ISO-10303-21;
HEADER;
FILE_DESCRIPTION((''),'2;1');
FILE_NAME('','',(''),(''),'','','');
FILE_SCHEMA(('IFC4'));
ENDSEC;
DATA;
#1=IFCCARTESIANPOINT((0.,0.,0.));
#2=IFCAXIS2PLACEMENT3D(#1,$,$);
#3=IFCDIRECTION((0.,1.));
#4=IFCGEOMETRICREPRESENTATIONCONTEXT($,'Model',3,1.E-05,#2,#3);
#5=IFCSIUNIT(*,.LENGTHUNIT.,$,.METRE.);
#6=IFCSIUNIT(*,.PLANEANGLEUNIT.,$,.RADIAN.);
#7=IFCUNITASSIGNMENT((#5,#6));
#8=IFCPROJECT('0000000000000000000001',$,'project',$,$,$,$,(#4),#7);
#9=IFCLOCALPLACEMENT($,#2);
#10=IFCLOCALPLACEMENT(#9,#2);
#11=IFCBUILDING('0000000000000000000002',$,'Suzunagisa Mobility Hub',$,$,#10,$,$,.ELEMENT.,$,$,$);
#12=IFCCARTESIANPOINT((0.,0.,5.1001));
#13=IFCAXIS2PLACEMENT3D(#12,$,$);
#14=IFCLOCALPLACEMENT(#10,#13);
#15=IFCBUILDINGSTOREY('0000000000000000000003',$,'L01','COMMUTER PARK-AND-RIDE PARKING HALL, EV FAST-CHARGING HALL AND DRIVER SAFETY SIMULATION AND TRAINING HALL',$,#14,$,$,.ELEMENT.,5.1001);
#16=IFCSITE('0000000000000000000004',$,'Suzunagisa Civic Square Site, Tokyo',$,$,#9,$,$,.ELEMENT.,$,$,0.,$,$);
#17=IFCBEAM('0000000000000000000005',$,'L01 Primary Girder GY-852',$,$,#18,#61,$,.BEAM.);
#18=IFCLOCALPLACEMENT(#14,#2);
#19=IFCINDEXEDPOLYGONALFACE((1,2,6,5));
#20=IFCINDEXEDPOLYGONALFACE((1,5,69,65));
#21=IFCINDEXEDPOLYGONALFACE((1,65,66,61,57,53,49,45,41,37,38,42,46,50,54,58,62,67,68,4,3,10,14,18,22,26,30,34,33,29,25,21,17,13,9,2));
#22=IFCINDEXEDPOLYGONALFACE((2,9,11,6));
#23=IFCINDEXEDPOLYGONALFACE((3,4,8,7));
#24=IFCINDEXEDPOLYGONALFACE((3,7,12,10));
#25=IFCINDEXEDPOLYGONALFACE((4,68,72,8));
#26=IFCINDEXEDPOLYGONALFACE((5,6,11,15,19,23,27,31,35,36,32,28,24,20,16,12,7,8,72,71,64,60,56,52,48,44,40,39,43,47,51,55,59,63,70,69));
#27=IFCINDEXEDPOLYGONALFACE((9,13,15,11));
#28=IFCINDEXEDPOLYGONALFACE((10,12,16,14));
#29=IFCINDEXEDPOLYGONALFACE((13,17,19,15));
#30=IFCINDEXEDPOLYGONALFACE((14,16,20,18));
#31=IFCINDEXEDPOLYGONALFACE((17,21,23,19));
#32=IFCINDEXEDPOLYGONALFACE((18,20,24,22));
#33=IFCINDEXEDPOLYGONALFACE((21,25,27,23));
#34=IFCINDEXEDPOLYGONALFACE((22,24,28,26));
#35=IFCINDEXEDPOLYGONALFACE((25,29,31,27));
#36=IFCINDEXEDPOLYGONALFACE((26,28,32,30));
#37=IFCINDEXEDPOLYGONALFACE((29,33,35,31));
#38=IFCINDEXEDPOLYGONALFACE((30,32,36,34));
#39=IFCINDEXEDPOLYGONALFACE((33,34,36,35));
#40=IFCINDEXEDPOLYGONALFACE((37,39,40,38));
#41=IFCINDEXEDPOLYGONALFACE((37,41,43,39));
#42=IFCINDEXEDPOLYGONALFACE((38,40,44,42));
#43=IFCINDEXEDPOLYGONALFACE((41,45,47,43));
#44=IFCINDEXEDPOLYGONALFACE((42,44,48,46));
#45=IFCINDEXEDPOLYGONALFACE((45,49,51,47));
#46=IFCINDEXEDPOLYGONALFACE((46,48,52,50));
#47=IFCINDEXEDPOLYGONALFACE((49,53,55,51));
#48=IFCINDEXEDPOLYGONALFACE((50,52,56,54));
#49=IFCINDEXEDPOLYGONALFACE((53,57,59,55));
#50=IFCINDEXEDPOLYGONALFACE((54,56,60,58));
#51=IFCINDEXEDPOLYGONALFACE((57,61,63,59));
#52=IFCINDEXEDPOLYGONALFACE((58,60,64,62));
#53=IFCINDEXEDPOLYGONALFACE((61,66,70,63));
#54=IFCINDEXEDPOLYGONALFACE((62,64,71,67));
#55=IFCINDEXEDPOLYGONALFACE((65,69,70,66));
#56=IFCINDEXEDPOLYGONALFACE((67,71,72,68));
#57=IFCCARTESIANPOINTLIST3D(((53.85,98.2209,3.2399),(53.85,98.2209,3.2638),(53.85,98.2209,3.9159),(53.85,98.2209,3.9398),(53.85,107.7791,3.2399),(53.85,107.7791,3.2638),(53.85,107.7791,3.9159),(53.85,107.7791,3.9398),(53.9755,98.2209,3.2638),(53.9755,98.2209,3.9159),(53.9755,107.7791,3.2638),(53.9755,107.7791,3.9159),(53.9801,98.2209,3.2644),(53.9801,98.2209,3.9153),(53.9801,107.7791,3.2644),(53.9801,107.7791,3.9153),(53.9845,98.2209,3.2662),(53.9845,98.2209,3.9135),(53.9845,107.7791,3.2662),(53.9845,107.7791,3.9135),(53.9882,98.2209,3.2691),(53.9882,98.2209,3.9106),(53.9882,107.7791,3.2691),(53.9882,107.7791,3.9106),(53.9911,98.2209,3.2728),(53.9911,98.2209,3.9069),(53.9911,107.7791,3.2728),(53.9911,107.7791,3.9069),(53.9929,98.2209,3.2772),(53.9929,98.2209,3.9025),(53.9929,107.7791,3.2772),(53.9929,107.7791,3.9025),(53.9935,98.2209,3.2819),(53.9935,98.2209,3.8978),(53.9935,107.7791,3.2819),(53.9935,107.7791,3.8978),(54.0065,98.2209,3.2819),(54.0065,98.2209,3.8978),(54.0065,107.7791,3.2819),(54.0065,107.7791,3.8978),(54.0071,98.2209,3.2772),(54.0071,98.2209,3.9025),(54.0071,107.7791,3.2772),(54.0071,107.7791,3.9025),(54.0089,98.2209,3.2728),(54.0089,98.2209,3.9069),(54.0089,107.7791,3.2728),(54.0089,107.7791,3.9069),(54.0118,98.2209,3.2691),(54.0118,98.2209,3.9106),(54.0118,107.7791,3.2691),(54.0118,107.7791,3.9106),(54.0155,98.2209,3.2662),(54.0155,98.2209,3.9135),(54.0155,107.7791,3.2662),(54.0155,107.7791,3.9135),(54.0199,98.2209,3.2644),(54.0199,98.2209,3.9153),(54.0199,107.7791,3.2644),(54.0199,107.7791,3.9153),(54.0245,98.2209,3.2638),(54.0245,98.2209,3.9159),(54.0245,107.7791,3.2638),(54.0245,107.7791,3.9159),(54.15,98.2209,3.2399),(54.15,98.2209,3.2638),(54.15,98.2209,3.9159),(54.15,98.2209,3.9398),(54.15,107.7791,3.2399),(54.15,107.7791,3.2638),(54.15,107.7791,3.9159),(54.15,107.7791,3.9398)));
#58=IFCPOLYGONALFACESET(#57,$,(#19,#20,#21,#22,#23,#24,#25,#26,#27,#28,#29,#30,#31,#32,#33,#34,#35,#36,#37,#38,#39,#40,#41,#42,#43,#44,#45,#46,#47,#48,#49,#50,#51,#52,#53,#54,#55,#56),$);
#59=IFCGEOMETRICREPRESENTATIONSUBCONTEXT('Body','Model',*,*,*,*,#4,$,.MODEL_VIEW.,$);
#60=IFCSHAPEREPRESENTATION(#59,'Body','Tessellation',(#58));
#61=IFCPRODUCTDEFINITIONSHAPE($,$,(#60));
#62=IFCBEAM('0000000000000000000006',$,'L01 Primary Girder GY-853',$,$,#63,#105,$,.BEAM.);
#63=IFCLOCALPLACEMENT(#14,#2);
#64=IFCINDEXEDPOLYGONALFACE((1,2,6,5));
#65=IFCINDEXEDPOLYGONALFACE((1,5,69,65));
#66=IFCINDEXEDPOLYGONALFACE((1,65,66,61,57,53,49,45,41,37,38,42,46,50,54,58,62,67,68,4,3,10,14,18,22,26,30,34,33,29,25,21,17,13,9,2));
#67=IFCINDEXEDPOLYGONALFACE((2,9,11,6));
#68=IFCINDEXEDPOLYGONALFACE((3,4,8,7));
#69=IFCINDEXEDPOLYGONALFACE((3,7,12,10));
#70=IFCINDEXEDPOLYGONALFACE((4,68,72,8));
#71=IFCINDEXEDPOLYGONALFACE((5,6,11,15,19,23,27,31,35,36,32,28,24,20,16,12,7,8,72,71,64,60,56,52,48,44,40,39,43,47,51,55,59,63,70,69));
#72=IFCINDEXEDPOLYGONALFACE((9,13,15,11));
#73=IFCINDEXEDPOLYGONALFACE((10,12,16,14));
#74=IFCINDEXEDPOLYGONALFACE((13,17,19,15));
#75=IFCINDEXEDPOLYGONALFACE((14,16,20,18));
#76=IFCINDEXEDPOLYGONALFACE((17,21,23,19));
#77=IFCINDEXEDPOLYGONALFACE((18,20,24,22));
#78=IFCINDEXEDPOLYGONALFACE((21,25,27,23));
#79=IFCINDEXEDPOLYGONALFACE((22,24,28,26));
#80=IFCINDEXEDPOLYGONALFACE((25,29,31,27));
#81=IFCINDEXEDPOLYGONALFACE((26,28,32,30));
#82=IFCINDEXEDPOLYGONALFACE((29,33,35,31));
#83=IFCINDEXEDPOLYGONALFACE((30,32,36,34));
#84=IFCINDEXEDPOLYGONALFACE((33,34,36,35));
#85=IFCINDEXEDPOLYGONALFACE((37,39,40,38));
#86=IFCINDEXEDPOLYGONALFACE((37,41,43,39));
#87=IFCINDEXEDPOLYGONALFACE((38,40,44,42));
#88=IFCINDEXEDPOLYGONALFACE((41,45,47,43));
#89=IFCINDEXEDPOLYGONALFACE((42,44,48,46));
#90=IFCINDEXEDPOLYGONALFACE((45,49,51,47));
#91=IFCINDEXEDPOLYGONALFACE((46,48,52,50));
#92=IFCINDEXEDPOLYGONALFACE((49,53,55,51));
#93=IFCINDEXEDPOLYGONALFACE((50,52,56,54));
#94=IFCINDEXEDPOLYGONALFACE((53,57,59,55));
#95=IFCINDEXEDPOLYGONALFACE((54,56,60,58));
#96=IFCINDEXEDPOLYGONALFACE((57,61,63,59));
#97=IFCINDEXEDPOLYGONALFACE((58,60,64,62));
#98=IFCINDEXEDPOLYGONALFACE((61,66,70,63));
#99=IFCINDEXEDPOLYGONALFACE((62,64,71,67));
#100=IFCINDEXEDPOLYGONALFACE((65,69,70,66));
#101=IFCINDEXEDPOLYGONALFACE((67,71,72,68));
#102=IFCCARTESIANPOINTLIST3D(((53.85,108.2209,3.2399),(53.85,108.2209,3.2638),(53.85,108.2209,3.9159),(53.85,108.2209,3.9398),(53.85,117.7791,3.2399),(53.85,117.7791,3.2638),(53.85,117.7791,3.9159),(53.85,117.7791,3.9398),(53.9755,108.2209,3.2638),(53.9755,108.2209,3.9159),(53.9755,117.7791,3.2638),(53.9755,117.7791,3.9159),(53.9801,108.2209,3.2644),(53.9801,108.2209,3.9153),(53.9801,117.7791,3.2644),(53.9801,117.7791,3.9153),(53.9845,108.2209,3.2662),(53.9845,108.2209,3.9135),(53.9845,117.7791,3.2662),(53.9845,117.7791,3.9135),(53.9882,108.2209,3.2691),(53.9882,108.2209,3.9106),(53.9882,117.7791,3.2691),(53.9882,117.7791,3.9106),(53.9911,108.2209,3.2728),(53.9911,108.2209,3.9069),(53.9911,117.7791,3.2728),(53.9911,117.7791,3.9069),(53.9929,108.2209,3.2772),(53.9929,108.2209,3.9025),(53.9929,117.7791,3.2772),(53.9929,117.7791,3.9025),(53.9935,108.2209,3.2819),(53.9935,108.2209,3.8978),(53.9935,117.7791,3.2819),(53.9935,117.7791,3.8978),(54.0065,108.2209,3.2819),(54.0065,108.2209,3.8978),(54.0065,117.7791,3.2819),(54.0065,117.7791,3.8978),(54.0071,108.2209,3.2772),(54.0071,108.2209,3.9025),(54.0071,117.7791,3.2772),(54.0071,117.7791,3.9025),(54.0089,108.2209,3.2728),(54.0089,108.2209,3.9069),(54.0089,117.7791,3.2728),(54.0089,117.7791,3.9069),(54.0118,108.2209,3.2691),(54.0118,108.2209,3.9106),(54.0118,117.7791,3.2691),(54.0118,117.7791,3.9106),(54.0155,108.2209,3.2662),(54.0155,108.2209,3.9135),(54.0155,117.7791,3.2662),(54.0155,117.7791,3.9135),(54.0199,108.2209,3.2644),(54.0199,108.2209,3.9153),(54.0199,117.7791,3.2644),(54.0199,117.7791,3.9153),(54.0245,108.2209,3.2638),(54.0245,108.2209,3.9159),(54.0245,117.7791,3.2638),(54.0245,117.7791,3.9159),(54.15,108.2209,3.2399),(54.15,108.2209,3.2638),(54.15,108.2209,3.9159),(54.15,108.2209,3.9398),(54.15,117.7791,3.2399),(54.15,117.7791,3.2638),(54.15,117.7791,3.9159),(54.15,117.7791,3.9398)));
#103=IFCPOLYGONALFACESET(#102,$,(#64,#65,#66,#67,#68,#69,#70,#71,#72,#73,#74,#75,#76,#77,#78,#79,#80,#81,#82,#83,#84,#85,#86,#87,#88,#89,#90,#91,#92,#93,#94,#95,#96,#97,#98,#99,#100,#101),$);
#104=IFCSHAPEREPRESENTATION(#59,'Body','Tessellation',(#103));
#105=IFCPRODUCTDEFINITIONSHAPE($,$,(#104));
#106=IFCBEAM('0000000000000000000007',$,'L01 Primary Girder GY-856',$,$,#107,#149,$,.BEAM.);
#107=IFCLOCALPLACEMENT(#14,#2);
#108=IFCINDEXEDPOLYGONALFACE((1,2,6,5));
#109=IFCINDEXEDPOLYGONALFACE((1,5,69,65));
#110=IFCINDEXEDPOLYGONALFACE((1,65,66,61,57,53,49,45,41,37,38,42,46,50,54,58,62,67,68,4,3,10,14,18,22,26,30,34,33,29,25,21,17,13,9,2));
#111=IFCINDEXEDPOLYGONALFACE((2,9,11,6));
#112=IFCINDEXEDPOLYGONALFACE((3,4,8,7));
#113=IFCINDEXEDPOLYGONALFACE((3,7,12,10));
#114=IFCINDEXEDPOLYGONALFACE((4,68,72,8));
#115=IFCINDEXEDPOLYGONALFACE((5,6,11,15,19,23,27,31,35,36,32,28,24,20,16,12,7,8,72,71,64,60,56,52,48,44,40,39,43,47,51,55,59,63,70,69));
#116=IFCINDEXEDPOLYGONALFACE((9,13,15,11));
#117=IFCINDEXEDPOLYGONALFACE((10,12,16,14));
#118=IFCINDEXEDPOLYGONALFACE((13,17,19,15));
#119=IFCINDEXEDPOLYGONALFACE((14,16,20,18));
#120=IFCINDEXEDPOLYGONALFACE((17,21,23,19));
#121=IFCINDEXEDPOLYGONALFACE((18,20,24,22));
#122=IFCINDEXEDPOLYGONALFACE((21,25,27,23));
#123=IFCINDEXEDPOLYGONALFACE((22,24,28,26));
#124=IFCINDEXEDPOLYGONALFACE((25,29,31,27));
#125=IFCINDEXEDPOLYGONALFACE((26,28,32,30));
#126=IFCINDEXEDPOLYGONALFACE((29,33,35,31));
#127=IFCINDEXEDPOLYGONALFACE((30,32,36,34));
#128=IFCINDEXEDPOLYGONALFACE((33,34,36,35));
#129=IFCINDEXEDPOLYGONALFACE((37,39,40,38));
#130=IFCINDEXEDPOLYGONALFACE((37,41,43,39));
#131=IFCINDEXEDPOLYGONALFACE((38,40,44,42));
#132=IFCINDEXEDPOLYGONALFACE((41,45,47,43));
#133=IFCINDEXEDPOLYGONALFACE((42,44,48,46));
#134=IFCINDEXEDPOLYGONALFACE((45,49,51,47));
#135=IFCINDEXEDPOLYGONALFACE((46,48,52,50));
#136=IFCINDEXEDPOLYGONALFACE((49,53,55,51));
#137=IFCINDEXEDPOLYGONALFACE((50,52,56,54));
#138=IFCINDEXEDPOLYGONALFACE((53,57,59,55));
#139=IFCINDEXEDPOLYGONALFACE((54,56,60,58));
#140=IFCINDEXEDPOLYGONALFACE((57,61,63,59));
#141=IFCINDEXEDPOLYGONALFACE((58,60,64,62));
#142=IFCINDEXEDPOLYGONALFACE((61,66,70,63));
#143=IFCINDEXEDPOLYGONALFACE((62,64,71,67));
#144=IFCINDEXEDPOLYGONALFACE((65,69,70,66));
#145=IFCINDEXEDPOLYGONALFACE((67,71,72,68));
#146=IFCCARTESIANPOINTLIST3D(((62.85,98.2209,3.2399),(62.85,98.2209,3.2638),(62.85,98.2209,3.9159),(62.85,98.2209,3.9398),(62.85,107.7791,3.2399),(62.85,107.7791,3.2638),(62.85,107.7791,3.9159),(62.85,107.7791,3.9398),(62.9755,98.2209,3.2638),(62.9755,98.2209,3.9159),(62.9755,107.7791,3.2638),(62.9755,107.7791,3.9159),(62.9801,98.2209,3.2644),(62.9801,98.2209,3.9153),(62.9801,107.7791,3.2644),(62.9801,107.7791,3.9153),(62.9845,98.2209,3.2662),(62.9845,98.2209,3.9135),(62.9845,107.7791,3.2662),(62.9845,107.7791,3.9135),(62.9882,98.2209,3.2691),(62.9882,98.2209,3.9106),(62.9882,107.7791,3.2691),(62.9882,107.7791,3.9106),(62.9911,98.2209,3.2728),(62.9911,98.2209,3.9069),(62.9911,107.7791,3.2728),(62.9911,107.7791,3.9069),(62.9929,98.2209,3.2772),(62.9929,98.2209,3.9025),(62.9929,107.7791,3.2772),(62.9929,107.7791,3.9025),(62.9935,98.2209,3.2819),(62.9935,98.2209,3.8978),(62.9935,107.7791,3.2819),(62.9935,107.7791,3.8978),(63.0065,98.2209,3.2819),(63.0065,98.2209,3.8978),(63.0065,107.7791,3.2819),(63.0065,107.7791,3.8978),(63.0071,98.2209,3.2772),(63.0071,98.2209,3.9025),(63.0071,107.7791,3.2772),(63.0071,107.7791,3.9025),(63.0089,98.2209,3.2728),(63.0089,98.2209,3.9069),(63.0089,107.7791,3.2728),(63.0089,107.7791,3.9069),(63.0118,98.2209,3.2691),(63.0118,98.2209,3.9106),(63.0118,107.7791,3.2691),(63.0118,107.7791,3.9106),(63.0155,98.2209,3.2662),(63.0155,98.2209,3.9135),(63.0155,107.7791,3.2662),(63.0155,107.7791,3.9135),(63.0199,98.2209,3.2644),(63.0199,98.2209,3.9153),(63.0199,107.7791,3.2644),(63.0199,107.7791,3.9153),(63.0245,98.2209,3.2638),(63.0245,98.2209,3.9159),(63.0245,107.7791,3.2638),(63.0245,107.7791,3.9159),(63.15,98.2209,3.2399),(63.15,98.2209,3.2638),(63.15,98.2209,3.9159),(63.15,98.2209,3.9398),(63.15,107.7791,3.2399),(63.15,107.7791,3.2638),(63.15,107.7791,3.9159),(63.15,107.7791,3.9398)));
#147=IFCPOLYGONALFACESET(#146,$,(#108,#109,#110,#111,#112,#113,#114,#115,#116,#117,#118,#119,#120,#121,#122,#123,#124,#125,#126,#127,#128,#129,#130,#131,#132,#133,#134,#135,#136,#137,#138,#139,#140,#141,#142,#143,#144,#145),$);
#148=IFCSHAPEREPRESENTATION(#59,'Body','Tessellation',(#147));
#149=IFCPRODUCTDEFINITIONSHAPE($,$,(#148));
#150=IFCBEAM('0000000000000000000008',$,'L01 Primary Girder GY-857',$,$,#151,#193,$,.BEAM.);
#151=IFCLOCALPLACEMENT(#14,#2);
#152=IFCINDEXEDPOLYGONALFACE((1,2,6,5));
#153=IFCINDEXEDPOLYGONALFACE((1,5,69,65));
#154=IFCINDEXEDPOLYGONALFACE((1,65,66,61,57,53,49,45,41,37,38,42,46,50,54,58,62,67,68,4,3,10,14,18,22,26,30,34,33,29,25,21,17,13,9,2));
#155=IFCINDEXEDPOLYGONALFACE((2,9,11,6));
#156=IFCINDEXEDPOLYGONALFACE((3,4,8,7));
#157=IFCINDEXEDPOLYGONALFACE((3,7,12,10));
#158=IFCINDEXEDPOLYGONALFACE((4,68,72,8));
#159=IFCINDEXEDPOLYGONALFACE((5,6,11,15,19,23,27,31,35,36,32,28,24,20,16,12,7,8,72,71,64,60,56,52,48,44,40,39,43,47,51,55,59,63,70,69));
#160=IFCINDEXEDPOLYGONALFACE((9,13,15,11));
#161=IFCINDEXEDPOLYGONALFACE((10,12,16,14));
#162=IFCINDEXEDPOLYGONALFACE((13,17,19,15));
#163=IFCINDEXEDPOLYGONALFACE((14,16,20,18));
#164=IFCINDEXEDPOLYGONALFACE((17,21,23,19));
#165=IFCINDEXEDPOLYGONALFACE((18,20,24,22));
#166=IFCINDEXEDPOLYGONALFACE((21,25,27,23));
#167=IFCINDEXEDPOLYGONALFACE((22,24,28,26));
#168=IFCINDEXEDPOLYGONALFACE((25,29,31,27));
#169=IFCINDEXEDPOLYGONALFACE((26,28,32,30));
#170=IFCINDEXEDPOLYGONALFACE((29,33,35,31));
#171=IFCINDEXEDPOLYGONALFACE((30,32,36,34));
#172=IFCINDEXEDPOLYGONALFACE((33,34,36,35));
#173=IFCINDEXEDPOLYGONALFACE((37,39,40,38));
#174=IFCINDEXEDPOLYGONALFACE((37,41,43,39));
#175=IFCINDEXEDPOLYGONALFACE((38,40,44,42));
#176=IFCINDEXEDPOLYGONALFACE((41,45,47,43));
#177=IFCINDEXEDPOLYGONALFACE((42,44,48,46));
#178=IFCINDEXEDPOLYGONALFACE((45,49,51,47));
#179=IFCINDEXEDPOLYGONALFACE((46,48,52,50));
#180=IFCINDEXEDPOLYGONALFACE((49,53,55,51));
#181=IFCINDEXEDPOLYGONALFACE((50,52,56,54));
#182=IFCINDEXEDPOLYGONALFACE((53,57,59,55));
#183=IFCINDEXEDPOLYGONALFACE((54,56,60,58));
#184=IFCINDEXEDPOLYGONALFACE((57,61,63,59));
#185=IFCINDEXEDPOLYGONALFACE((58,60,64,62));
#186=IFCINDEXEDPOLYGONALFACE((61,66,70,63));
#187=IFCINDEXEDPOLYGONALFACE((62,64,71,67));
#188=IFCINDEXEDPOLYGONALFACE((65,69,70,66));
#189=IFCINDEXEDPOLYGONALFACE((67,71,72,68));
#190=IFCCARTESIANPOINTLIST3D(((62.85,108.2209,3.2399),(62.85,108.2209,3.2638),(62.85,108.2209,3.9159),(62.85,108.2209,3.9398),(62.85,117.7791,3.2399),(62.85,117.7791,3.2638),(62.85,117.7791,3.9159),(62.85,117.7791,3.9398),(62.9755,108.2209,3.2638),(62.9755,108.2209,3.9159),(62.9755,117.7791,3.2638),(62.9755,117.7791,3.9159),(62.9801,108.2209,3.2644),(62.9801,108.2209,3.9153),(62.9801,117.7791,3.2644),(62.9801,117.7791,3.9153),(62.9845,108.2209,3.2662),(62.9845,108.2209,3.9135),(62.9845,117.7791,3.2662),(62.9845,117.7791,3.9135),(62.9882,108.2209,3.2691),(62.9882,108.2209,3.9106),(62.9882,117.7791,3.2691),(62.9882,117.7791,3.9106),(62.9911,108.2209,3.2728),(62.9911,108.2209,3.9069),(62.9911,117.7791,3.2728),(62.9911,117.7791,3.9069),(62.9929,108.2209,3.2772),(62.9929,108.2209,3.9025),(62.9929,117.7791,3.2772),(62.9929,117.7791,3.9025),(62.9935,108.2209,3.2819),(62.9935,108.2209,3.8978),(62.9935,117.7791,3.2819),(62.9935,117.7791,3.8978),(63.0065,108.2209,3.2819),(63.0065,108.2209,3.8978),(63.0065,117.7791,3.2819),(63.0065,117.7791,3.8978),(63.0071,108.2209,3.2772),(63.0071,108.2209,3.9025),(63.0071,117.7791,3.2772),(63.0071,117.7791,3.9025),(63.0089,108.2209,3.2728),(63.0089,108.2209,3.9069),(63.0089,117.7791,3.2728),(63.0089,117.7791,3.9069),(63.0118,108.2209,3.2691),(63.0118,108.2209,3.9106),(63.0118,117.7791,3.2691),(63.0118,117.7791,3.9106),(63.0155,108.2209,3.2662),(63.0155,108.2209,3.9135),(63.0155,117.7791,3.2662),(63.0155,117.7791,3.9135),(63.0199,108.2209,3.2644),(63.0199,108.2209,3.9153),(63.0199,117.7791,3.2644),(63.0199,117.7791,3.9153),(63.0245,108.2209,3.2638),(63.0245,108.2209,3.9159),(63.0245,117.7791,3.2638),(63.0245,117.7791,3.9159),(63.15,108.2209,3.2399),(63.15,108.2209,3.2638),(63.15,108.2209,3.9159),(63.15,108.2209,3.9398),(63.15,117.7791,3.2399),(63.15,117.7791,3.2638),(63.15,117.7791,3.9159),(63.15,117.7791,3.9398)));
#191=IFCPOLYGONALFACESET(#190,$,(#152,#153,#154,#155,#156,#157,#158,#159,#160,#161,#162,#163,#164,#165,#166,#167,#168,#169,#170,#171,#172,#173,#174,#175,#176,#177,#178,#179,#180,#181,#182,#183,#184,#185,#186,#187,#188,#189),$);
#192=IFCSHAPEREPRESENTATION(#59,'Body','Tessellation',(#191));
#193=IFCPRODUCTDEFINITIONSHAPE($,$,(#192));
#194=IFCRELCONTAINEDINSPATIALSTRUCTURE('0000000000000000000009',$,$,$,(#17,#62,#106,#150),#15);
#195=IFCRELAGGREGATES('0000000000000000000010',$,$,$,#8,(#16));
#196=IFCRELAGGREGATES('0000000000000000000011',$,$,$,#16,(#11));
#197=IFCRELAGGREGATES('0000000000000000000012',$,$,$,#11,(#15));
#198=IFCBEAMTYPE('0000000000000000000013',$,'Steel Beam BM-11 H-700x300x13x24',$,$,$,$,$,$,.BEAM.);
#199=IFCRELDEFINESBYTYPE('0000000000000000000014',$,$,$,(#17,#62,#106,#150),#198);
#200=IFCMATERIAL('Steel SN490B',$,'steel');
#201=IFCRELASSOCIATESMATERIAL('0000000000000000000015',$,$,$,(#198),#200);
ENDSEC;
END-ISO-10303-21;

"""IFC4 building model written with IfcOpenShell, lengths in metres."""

from ifc_helpers import new_model, si_unit, direction, frame, origin, origin_2d, place, context, subcontext, project, spatial, i_section, extrude, material, material_profile, profile_set, type_object, element, save


model = new_model("IFC4")

# Units and contexts
model_context = context("Model", 3, precision=1e-05, world=origin(), true_north=direction((0.0, 1.0)))
body_context = subcontext(model_context, "Body", "Model", "MODEL_VIEW")
ifc_project = project(units=[si_unit("LENGTHUNIT", "METRE"), si_unit("PLANEANGLEUNIT", "RADIAN")], contexts=[model_context])

# Site, building, storey
site_placement = place(None, origin())
site = spatial("IfcSite", under=ifc_project, at=site_placement, Name="Suzunagisa Civic Square Site, Tokyo", CompositionType="ELEMENT", RefElevation=0.0)
building_placement = place(site_placement, origin())
building = spatial("IfcBuilding", under=site, at=building_placement, Name="Suzunagisa Mobility Hub", CompositionType="ELEMENT")
storey_placement = place(building_placement, frame((0.0, 0.0, 5.1001)))
storey = spatial("IfcBuildingStorey", under=building, at=storey_placement, Name="L01", Description="COMMUTER PARK-AND-RIDE PARKING HALL, EV FAST-CHARGING HALL AND DRIVER SAFETY SIMULATION AND TRAINING HALL", CompositionType="ELEMENT", Elevation=5.1001)

# Shared definitions
ifc_material_1 = material(Name="Steel SN490B", Category="steel")

# Beams
ifc_material_profile_1 = material_profile(ifc_material_1, i_section(OverallWidth=0.3, OverallDepth=0.7, WebThickness=0.0129, FlangeThickness=0.0239, FilletRadius=0.0181, at=origin_2d()), Name="H-700x300x13x24")
ifc_profile_set_1 = profile_set([ifc_material_profile_1], Name="Steel SN490B")
beam_type_1 = type_object("IfcBeamType", Name="Steel Beam BM-11 H-700x300x13x24", PredefinedType="BEAM", material=ifc_profile_set_1)
for number, where, z_axis, x_axis, name in (
    (1, (54.0, 98.2209, 3.5898), (0.0, 1.0, 0.0), (-1.0, 0.0, 0.0), "L01 Primary Girder GY-852"),
    (2, (54.0, 108.2209, 3.5898), (0.0, 1.0, 0.0), (-1.0, 0.0, 0.0), "L01 Primary Girder GY-853"),
    (3, (63.0, 98.2209, 3.5898), (0.0, 1.0, 0.0), (-1.0, 0.0, 0.0), "L01 Primary Girder GY-856"),
    (4, (63.0, 108.2209, 3.5898), (0.0, 1.0, 0.0), (-1.0, 0.0, 0.0), "L01 Primary Girder GY-857"),
):
    element("IfcBeam", number, at=place(storey_placement, frame(where, z_axis=z_axis, x_axis=x_axis)), inside=storey, type_object=beam_type_1, Name=name, PredefinedType="BEAM", context=body_context, shape_type="SweptSolid", body=[
        extrude(i_section(OverallWidth=0.3, OverallDepth=0.7, WebThickness=0.0129, FlangeThickness=0.0239, FilletRadius=0.0181, at=origin_2d()), origin(), (0.0, 0.0, 1.0), 9.5581),
    ])

save(model, "model.ifc")
